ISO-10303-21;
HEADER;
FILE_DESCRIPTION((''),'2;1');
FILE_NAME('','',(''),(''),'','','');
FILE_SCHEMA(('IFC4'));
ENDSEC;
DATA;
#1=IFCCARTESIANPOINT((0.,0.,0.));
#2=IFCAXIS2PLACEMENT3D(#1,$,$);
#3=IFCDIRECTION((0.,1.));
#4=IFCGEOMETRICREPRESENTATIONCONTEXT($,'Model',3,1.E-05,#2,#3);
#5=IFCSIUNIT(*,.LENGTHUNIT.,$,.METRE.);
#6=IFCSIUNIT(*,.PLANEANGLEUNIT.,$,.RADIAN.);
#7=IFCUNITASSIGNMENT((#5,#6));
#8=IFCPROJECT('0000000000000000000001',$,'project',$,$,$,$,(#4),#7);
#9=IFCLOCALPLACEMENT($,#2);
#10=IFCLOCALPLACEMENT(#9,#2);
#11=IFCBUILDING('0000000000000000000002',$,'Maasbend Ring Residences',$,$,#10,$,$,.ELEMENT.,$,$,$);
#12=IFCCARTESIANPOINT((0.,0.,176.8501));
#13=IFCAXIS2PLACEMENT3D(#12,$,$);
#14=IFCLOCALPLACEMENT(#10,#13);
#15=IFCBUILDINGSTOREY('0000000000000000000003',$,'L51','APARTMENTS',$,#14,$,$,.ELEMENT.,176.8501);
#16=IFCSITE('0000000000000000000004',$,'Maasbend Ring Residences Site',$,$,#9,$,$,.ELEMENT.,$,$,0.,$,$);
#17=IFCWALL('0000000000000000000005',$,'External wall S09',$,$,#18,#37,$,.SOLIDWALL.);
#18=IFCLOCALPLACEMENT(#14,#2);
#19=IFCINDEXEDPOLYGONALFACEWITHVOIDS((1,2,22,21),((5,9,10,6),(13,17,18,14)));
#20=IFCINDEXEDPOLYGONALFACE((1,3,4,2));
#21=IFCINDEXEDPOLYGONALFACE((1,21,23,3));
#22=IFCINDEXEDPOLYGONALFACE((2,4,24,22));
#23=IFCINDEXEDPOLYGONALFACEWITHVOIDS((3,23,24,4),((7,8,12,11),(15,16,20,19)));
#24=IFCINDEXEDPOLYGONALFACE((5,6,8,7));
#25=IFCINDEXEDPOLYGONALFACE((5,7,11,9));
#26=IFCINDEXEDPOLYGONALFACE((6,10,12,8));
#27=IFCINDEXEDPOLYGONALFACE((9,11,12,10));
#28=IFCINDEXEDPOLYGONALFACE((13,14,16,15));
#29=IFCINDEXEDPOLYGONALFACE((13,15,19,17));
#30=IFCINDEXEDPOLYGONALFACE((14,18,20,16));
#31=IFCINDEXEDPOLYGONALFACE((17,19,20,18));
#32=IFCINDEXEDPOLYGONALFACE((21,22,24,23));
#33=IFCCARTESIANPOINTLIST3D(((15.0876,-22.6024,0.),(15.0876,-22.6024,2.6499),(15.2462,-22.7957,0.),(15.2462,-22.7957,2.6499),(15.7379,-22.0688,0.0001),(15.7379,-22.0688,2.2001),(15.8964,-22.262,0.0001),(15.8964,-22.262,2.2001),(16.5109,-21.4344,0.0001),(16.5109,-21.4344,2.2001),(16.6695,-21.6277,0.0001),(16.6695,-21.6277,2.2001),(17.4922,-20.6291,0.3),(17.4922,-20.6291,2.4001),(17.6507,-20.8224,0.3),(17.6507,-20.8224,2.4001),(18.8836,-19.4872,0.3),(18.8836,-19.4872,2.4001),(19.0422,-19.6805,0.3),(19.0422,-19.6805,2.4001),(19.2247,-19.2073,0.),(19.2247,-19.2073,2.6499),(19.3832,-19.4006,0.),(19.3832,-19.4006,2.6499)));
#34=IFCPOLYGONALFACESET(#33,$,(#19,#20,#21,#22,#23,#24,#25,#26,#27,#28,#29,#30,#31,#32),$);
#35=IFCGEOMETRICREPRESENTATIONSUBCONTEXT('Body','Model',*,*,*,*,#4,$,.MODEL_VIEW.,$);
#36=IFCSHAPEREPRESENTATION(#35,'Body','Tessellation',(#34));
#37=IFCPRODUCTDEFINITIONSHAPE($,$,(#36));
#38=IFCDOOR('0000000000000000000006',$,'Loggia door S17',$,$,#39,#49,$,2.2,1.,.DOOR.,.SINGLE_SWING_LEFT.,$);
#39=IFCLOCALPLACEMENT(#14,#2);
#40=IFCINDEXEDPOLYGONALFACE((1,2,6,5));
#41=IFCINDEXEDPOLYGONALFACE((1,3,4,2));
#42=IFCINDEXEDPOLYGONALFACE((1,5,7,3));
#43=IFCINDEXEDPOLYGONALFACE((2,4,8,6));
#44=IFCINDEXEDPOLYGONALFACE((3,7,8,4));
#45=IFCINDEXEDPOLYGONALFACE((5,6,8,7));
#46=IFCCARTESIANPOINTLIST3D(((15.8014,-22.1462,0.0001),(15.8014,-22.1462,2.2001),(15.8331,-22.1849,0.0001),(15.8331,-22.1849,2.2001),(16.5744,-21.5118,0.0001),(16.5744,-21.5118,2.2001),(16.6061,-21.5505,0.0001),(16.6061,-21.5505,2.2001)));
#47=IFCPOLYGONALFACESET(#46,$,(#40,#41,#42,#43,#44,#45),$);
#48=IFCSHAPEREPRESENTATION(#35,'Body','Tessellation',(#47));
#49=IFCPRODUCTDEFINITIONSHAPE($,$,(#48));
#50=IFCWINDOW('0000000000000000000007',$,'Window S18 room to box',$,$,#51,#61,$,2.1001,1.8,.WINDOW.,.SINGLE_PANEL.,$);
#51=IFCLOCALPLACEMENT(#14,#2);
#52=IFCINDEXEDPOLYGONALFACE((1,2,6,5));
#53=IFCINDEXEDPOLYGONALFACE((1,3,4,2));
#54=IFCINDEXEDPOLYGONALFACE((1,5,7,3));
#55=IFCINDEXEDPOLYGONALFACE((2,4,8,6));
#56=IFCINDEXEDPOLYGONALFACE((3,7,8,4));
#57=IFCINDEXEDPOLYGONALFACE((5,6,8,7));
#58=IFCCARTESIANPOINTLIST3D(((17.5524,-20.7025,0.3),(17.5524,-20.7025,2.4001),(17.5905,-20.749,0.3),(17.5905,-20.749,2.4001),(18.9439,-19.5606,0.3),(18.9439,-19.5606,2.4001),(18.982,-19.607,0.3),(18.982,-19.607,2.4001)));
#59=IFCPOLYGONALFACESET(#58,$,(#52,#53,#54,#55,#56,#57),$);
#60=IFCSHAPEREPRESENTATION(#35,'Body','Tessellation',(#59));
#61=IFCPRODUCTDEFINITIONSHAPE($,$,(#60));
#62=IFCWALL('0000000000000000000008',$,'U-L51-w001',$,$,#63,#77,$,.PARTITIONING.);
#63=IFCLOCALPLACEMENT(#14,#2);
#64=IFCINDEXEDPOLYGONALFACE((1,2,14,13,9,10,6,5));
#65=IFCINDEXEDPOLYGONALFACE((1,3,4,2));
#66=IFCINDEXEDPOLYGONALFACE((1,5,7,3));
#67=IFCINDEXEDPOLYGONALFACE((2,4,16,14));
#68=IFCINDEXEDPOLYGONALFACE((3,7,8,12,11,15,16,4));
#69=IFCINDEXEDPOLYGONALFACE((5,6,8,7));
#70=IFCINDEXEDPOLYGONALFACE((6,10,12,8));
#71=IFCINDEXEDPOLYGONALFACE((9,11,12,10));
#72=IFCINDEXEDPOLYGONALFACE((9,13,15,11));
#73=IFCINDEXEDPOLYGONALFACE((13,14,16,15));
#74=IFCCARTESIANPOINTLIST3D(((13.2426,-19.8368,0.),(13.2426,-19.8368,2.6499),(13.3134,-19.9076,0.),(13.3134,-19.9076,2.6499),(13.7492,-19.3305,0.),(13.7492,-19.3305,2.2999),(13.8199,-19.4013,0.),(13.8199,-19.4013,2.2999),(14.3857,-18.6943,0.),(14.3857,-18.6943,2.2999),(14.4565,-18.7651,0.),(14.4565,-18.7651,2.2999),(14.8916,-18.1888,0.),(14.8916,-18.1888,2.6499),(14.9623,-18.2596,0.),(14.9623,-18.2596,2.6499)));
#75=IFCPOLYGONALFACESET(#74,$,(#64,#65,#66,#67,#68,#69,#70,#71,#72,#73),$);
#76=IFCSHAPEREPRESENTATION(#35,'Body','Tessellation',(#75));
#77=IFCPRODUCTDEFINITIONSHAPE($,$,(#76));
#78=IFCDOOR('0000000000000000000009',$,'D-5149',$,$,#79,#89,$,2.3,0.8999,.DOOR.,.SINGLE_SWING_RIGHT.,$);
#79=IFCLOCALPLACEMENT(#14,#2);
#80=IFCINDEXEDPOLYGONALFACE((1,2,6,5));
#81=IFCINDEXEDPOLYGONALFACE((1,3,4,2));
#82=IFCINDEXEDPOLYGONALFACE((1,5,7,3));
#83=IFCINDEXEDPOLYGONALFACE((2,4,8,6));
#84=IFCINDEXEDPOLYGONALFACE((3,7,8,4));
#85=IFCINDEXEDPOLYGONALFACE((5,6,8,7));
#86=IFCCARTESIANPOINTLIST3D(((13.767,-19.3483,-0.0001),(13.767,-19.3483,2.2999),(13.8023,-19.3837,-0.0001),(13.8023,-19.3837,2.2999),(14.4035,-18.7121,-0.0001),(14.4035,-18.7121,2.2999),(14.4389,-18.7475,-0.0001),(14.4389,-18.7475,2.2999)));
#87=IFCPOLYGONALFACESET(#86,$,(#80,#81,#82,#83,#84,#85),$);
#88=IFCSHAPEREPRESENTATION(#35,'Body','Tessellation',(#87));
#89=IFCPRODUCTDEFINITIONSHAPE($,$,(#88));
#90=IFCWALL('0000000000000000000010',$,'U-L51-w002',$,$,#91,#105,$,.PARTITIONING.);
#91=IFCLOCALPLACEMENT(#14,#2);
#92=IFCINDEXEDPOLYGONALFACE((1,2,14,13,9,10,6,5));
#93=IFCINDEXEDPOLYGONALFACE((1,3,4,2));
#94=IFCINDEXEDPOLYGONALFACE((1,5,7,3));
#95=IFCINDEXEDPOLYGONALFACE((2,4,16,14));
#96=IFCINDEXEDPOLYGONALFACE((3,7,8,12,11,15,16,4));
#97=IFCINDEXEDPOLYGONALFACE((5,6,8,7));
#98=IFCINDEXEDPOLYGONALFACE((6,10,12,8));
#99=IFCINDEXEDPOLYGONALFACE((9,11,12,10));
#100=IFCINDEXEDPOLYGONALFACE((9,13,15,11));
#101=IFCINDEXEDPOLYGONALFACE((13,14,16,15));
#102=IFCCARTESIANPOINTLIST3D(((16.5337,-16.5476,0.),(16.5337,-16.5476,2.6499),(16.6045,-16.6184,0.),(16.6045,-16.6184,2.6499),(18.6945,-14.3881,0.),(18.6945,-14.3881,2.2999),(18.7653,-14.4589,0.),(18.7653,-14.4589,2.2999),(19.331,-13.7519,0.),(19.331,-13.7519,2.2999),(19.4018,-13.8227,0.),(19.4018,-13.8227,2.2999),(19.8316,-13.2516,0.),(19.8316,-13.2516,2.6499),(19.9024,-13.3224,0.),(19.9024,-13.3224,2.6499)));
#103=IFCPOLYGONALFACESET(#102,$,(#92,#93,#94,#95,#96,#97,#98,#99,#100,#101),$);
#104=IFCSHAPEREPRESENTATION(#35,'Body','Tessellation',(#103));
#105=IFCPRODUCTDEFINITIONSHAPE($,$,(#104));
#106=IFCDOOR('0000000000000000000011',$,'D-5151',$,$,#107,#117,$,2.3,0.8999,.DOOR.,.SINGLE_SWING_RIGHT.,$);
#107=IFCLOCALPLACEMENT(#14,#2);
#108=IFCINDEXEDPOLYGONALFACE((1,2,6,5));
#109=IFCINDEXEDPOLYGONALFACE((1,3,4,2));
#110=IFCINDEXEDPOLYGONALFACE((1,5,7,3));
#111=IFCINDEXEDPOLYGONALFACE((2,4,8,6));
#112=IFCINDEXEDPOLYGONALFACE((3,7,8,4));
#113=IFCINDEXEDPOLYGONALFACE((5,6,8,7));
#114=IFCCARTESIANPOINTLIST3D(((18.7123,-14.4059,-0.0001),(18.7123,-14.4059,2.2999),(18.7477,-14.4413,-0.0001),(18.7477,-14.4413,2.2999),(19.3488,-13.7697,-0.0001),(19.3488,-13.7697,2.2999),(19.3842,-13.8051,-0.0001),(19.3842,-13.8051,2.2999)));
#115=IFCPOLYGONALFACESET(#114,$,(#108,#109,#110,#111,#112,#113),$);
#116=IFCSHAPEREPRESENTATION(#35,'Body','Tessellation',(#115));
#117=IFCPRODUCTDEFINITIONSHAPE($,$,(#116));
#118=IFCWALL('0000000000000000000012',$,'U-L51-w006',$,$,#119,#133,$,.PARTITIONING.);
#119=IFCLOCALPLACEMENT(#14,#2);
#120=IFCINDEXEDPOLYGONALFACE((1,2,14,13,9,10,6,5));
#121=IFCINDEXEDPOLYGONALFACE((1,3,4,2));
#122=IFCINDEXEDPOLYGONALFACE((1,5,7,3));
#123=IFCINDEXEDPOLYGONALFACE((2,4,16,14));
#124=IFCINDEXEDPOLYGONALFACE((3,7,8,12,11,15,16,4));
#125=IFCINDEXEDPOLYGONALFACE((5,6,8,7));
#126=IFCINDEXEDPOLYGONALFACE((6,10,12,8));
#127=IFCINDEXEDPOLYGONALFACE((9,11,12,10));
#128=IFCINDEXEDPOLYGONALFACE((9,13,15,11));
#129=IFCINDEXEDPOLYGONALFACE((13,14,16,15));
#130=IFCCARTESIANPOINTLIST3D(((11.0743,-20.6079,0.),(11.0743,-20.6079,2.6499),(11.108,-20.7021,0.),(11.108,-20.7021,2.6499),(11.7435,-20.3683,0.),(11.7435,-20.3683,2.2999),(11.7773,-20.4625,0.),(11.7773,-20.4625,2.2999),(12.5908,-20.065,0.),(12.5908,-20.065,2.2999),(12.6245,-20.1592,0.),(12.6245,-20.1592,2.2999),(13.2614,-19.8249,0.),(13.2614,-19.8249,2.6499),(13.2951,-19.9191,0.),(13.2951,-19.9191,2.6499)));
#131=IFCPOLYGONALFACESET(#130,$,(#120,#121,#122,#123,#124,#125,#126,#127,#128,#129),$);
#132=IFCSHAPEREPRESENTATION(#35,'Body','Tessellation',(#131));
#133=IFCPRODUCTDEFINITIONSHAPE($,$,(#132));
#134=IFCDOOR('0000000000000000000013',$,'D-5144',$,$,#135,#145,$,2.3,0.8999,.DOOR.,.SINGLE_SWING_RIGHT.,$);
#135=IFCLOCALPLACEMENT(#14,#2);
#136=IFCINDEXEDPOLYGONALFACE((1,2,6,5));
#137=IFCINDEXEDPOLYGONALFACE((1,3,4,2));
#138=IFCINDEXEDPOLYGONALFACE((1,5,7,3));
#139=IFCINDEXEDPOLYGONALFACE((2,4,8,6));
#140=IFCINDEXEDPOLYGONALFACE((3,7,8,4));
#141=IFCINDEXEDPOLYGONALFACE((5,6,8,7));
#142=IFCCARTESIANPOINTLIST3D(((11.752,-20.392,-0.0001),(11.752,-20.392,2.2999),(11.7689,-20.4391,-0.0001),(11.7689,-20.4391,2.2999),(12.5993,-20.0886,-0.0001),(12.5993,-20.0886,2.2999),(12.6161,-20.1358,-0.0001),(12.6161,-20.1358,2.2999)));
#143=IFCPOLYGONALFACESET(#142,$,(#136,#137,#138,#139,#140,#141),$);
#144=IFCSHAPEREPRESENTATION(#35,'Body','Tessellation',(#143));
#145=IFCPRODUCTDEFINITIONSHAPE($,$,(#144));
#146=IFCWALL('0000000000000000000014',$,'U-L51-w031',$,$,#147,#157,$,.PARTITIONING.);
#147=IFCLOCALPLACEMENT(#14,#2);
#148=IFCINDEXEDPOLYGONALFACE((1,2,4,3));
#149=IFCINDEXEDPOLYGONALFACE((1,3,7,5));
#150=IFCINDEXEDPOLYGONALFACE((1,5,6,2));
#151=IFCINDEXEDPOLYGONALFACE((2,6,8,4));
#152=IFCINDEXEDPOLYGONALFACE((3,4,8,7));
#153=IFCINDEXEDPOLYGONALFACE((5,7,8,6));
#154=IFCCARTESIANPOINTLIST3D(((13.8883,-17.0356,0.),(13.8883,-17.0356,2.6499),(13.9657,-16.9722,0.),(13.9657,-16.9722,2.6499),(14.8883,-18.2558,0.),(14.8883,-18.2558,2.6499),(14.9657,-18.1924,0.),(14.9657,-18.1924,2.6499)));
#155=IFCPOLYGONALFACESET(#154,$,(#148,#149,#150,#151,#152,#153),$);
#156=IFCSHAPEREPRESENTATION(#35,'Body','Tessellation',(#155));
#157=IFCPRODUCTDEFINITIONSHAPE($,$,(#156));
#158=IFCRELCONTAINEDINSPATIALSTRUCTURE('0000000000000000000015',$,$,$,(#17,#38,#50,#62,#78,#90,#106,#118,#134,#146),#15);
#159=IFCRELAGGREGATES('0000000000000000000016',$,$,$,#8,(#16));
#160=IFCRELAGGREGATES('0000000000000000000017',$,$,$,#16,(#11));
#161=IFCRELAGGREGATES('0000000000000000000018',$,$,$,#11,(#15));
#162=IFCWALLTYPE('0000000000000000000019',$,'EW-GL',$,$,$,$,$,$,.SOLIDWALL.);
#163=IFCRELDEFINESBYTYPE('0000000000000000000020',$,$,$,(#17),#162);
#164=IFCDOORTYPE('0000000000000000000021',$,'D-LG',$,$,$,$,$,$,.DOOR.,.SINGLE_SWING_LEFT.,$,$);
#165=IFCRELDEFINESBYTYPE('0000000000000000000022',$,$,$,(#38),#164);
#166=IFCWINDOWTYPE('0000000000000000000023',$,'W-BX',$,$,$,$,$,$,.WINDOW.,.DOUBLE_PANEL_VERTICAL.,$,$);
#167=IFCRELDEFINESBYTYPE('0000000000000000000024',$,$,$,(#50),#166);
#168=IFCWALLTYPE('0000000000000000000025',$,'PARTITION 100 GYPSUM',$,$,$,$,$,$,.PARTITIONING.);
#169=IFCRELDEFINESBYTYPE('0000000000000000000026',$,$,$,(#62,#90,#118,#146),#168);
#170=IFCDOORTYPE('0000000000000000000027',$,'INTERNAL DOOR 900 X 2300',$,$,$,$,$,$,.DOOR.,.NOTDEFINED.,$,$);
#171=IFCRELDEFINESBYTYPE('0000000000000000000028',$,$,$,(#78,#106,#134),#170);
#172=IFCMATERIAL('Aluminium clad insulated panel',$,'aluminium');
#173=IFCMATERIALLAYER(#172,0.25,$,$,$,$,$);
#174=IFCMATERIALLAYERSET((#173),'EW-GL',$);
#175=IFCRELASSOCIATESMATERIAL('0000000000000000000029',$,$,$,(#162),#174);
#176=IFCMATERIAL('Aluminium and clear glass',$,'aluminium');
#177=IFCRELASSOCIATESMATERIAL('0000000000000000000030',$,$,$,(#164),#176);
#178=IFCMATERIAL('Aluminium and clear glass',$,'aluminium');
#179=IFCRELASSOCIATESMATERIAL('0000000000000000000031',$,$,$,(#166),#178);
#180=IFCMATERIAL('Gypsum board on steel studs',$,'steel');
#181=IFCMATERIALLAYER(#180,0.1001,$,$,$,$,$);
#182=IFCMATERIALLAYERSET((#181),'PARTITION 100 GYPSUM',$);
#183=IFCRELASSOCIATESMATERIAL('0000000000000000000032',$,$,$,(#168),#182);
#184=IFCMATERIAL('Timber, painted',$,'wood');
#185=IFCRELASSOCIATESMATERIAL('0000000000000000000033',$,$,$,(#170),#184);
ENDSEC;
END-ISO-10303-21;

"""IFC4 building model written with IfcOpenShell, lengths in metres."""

from ifc_helpers import new_model, si_unit, direction, frame, frame_2d, origin, place, context, subcontext, project, spatial, rectangle, extrude, material, layer, layer_set, type_object, element, fill, save


model = new_model("IFC4")

# Units and contexts
model_context = context("Model", 3, precision=1e-05, world=origin(), true_north=direction((0.0, 1.0)))
body_context = subcontext(model_context, "Body", "Model", "MODEL_VIEW")
ifc_project = project(units=[si_unit("LENGTHUNIT", "METRE"), si_unit("PLANEANGLEUNIT", "RADIAN")], contexts=[model_context])

# Site, building, storey
site_placement = place(None, origin())
site = spatial("IfcSite", under=ifc_project, at=site_placement, Name="Maasbend Ring Residences Site", CompositionType="ELEMENT", RefElevation=0.0)
building_placement = place(site_placement, origin())
building = spatial("IfcBuilding", under=site, at=building_placement, Name="Maasbend Ring Residences", CompositionType="ELEMENT")
storey_placement = place(building_placement, frame((0.0, 0.0, 176.8501)))
storey = spatial("IfcBuildingStorey", under=building, at=storey_placement, Name="L51", Description="APARTMENTS", CompositionType="ELEMENT", Elevation=176.8501)

# Wall, openings, door, window
ifc_material_1 = material(Name="Aluminium clad insulated panel", Category="aluminium")
ifc_layer_1 = layer(ifc_material_1, 0.25)
ifc_layer_set_1 = layer_set([ifc_layer_1], Name="EW-GL")
wall_type_1 = type_object("IfcWallType", Name="EW-GL", PredefinedType="SOLIDWALL", material=ifc_layer_set_1)
wall_1_placement = place(storey_placement, frame((15.167, -22.699, 0.0), z_axis=(0.0, 0.0, 1.0), x_axis=(0.773019, 0.634382, 0.0)))
wall_1 = element("IfcWall", 1, at=wall_1_placement, inside=storey, type_object=wall_type_1, Name="External wall S09", PredefinedType="SOLIDWALL", context=body_context, shape_type="SweptSolid", body=[
    extrude(rectangle(XDim=5.3518, YDim=0.25, at=frame_2d((2.6758, 0.0))), origin(), (0.0, 0.0, 1.0), 2.6499),
])
opening_1_placement = place(wall_1_placement, frame((0.8411, 0.0, 0.0)))
opening_1 = element("IfcOpeningElement", 2, at=opening_1_placement, cuts=wall_1, PredefinedType="OPENING", context=body_context, shape_type="SweptSolid", body=[
    extrude(rectangle(XDim=1.0, YDim=2.2, at=frame_2d((0.5, 1.1001))), frame((0.0, 0.135, 0.0), z_axis=(0.0, -1.0, 0.0), x_axis=(1.0, 0.0, 0.0)), (0.0, 0.0, 1.0), 0.27),
])
opening_2_placement = place(wall_1_placement, frame((3.1106, 0.0, 0.3)))
opening_2 = element("IfcOpeningElement", 3, at=opening_2_placement, cuts=wall_1, PredefinedType="OPENING", context=body_context, shape_type="SweptSolid", body=[
    extrude(rectangle(XDim=1.8, YDim=2.1001, at=frame_2d((0.8999, 1.05))), frame((0.0, 0.135, 0.0), z_axis=(0.0, -1.0, 0.0), x_axis=(1.0, 0.0, 0.0)), (0.0, 0.0, 1.0), 0.27),
])
ifc_material_2 = material(Name="Aluminium and clear glass", Category="aluminium")
door_type_1 = type_object("IfcDoorType", Name="D-LG", OperationType="SINGLE_SWING_LEFT", PredefinedType="DOOR", material=ifc_material_2)
door_1_placement = place(opening_1_placement, origin())
door_1 = element("IfcDoor", 4, at=door_1_placement, inside=storey, type_object=door_type_1, Name="Loggia door S17", OperationType="SINGLE_SWING_LEFT", OverallHeight=2.2, OverallWidth=1.0, PredefinedType="DOOR", context=body_context, shape_type="SweptSolid", body=[
    extrude(rectangle(XDim=1.0, YDim=2.2, at=frame_2d((0.5, 1.1001))), frame((0.0, 0.0249, 0.0), z_axis=(0.0, -1.0, 0.0), x_axis=(1.0, 0.0, 0.0)), (0.0, 0.0, 1.0), 0.05),
])
fill(opening_1, door_1)
ifc_material_3 = material(Name="Aluminium and clear glass", Category="aluminium")
window_type_1 = type_object("IfcWindowType", Name="W-BX", PartitioningType="DOUBLE_PANEL_VERTICAL", PredefinedType="WINDOW", material=ifc_material_3)
window_1_placement = place(opening_2_placement, origin())
window_1 = element("IfcWindow", 5, at=window_1_placement, inside=storey, type_object=window_type_1, Name="Window S18 room to box", OverallHeight=2.1001, OverallWidth=1.8, PartitioningType="SINGLE_PANEL", PredefinedType="WINDOW", context=body_context, shape_type="SweptSolid", body=[
    extrude(rectangle(XDim=1.8, YDim=2.1001, at=frame_2d((0.8999, 1.05))), frame((0.0, 0.03, 0.0), z_axis=(0.0, -1.0, 0.0), x_axis=(1.0, 0.0, 0.0)), (0.0, 0.0, 1.0), 0.0601),
])
fill(opening_2, window_1)

# Walls, openings, doors
ifc_material_4 = material(Name="Gypsum board on steel studs", Category="steel")
ifc_layer_2 = layer(ifc_material_4, 0.1001)
ifc_layer_set_2 = layer_set([ifc_layer_2], Name="PARTITION 100 GYPSUM")
wall_type_2 = type_object("IfcWallType", Name="PARTITION 100 GYPSUM", PredefinedType="PARTITIONING", material=ifc_layer_set_2)
wall_2_placement = place(storey_placement, frame((13.2781, -19.8721, 0.0), z_axis=(0.0, 0.0, 1.0), x_axis=(0.707316, 0.706897, 0.0)))
wall_2 = element("IfcWall", 6, at=wall_2_placement, inside=storey, type_object=wall_type_2, Name="U-L51-w001", PredefinedType="PARTITIONING", context=body_context, shape_type="SweptSolid", body=[
    extrude(rectangle(XDim=2.3313, YDim=0.1001, at=frame_2d((1.1655, 0.0))), origin(), (0.0, 0.0, 1.0), 2.6499),
])
opening_3_placement = place(wall_2_placement, frame((0.7161, 0.0, 0.0)))
opening_3 = element("IfcOpeningElement", 7, at=opening_3_placement, cuts=wall_2, PredefinedType="OPENING", context=body_context, shape_type="SweptSolid", body=[
    extrude(rectangle(XDim=0.8999, YDim=2.3, at=frame_2d((0.45, 1.1499))), frame((0.0, 0.0601, 0.0), z_axis=(0.0, -1.0, 0.0), x_axis=(1.0, 0.0, 0.0)), (0.0, 0.0, 1.0), 0.1201),
])
ifc_material_5 = material(Name="Timber, painted", Category="wood")
door_type_2 = type_object("IfcDoorType", Name="INTERNAL DOOR 900 X 2300", OperationType="NOTDEFINED", PredefinedType="DOOR", material=ifc_material_5)
door_2_placement = place(opening_3_placement, origin())
door_2 = element("IfcDoor", 8, at=door_2_placement, inside=storey, type_object=door_type_2, Name="D-5149", OperationType="SINGLE_SWING_RIGHT", OverallHeight=2.3, OverallWidth=0.8999, PredefinedType="DOOR", context=body_context, shape_type="SweptSolid", body=[
    extrude(rectangle(XDim=0.8999, YDim=2.3, at=frame_2d((0.45, 1.1499))), frame((0.0, 0.0249, 0.0), z_axis=(0.0, -1.0, 0.0), x_axis=(1.0, 0.0, 0.0)), (0.0, 0.0, 1.0), 0.05),
])
fill(opening_3, door_2)
wall_3_placement = place(storey_placement, frame((16.5691, -16.583, 0.0), z_axis=(0.0, 0.0, 1.0), x_axis=(0.707316, 0.706897, 0.0)))
wall_3 = element("IfcWall", 9, at=wall_3_placement, inside=storey, type_object=wall_type_2, Name="U-L51-w002", PredefinedType="PARTITIONING", context=body_context, shape_type="SweptSolid", body=[
    extrude(rectangle(XDim=4.6626, YDim=0.1001, at=frame_2d((2.3313, 0.0))), origin(), (0.0, 0.0, 1.0), 2.6499),
])
opening_4_placement = place(wall_3_placement, frame((3.0549, 0.0, 0.0)))
opening_4 = element("IfcOpeningElement", 10, at=opening_4_placement, cuts=wall_3, PredefinedType="OPENING", context=body_context, shape_type="SweptSolid", body=[
    extrude(rectangle(XDim=0.8999, YDim=2.3, at=frame_2d((0.45, 1.1499))), frame((0.0, 0.0601, 0.0), z_axis=(0.0, -1.0, 0.0), x_axis=(1.0, 0.0, 0.0)), (0.0, 0.0, 1.0), 0.1201),
])
door_3_placement = place(opening_4_placement, origin())
door_3 = element("IfcDoor", 11, at=door_3_placement, inside=storey, type_object=door_type_2, Name="D-5151", OperationType="SINGLE_SWING_RIGHT", OverallHeight=2.3, OverallWidth=0.8999, PredefinedType="DOOR", context=body_context, shape_type="SweptSolid", body=[
    extrude(rectangle(XDim=0.8999, YDim=2.3, at=frame_2d((0.45, 1.1499))), frame((0.0, 0.0249, 0.0), z_axis=(0.0, -1.0, 0.0), x_axis=(1.0, 0.0, 0.0)), (0.0, 0.0, 1.0), 0.05),
])
fill(opening_4, door_3)
wall_4_placement = place(storey_placement, frame((11.0911, -20.655, 0.0), z_axis=(0.0, 0.0, 1.0), x_axis=(0.941485, 0.337055, 0.0)))
wall_4 = element("IfcWall", 12, at=wall_4_placement, inside=storey, type_object=wall_type_2, Name="U-L51-w006", PredefinedType="PARTITIONING", context=body_context, shape_type="SweptSolid", body=[
    extrude(rectangle(XDim=2.323, YDim=0.1001, at=frame_2d((1.1616, 0.0))), origin(), (0.0, 0.0, 1.0), 2.6499),
])
opening_5_placement = place(wall_4_placement, frame((0.7109, 0.0, 0.0)))
opening_5 = element("IfcOpeningElement", 13, at=opening_5_placement, cuts=wall_4, PredefinedType="OPENING", context=body_context, shape_type="SweptSolid", body=[
    extrude(rectangle(XDim=0.8999, YDim=2.3, at=frame_2d((0.45, 1.1499))), frame((0.0, 0.0601, 0.0), z_axis=(0.0, -1.0, 0.0), x_axis=(1.0, 0.0, 0.0)), (0.0, 0.0, 1.0), 0.1201),
])
door_4_placement = place(opening_5_placement, origin())
door_4 = element("IfcDoor", 14, at=door_4_placement, inside=storey, type_object=door_type_2, Name="D-5144", OperationType="SINGLE_SWING_RIGHT", OverallHeight=2.3, OverallWidth=0.8999, PredefinedType="DOOR", context=body_context, shape_type="SweptSolid", body=[
    extrude(rectangle(XDim=0.8999, YDim=2.3, at=frame_2d((0.45, 1.1499))), frame((0.0, 0.0249, 0.0), z_axis=(0.0, -1.0, 0.0), x_axis=(1.0, 0.0, 0.0)), (0.0, 0.0, 1.0), 0.05),
])
fill(opening_5, door_4)

# Wall
wall_5_placement = place(storey_placement, frame((13.927, -17.0039, 0.0), z_axis=(0.0, 0.0, 1.0), x_axis=(0.633861, -0.773447, 0.0)))
element("IfcWall", 15, at=wall_5_placement, inside=storey, type_object=wall_type_2, Name="U-L51-w031", PredefinedType="PARTITIONING", context=body_context, shape_type="SweptSolid", body=[
    extrude(rectangle(XDim=1.5776, YDim=0.1001, at=frame_2d((0.7888, 0.0))), origin(), (0.0, 0.0, 1.0), 2.6499),
])

save(model, "model.ifc")
